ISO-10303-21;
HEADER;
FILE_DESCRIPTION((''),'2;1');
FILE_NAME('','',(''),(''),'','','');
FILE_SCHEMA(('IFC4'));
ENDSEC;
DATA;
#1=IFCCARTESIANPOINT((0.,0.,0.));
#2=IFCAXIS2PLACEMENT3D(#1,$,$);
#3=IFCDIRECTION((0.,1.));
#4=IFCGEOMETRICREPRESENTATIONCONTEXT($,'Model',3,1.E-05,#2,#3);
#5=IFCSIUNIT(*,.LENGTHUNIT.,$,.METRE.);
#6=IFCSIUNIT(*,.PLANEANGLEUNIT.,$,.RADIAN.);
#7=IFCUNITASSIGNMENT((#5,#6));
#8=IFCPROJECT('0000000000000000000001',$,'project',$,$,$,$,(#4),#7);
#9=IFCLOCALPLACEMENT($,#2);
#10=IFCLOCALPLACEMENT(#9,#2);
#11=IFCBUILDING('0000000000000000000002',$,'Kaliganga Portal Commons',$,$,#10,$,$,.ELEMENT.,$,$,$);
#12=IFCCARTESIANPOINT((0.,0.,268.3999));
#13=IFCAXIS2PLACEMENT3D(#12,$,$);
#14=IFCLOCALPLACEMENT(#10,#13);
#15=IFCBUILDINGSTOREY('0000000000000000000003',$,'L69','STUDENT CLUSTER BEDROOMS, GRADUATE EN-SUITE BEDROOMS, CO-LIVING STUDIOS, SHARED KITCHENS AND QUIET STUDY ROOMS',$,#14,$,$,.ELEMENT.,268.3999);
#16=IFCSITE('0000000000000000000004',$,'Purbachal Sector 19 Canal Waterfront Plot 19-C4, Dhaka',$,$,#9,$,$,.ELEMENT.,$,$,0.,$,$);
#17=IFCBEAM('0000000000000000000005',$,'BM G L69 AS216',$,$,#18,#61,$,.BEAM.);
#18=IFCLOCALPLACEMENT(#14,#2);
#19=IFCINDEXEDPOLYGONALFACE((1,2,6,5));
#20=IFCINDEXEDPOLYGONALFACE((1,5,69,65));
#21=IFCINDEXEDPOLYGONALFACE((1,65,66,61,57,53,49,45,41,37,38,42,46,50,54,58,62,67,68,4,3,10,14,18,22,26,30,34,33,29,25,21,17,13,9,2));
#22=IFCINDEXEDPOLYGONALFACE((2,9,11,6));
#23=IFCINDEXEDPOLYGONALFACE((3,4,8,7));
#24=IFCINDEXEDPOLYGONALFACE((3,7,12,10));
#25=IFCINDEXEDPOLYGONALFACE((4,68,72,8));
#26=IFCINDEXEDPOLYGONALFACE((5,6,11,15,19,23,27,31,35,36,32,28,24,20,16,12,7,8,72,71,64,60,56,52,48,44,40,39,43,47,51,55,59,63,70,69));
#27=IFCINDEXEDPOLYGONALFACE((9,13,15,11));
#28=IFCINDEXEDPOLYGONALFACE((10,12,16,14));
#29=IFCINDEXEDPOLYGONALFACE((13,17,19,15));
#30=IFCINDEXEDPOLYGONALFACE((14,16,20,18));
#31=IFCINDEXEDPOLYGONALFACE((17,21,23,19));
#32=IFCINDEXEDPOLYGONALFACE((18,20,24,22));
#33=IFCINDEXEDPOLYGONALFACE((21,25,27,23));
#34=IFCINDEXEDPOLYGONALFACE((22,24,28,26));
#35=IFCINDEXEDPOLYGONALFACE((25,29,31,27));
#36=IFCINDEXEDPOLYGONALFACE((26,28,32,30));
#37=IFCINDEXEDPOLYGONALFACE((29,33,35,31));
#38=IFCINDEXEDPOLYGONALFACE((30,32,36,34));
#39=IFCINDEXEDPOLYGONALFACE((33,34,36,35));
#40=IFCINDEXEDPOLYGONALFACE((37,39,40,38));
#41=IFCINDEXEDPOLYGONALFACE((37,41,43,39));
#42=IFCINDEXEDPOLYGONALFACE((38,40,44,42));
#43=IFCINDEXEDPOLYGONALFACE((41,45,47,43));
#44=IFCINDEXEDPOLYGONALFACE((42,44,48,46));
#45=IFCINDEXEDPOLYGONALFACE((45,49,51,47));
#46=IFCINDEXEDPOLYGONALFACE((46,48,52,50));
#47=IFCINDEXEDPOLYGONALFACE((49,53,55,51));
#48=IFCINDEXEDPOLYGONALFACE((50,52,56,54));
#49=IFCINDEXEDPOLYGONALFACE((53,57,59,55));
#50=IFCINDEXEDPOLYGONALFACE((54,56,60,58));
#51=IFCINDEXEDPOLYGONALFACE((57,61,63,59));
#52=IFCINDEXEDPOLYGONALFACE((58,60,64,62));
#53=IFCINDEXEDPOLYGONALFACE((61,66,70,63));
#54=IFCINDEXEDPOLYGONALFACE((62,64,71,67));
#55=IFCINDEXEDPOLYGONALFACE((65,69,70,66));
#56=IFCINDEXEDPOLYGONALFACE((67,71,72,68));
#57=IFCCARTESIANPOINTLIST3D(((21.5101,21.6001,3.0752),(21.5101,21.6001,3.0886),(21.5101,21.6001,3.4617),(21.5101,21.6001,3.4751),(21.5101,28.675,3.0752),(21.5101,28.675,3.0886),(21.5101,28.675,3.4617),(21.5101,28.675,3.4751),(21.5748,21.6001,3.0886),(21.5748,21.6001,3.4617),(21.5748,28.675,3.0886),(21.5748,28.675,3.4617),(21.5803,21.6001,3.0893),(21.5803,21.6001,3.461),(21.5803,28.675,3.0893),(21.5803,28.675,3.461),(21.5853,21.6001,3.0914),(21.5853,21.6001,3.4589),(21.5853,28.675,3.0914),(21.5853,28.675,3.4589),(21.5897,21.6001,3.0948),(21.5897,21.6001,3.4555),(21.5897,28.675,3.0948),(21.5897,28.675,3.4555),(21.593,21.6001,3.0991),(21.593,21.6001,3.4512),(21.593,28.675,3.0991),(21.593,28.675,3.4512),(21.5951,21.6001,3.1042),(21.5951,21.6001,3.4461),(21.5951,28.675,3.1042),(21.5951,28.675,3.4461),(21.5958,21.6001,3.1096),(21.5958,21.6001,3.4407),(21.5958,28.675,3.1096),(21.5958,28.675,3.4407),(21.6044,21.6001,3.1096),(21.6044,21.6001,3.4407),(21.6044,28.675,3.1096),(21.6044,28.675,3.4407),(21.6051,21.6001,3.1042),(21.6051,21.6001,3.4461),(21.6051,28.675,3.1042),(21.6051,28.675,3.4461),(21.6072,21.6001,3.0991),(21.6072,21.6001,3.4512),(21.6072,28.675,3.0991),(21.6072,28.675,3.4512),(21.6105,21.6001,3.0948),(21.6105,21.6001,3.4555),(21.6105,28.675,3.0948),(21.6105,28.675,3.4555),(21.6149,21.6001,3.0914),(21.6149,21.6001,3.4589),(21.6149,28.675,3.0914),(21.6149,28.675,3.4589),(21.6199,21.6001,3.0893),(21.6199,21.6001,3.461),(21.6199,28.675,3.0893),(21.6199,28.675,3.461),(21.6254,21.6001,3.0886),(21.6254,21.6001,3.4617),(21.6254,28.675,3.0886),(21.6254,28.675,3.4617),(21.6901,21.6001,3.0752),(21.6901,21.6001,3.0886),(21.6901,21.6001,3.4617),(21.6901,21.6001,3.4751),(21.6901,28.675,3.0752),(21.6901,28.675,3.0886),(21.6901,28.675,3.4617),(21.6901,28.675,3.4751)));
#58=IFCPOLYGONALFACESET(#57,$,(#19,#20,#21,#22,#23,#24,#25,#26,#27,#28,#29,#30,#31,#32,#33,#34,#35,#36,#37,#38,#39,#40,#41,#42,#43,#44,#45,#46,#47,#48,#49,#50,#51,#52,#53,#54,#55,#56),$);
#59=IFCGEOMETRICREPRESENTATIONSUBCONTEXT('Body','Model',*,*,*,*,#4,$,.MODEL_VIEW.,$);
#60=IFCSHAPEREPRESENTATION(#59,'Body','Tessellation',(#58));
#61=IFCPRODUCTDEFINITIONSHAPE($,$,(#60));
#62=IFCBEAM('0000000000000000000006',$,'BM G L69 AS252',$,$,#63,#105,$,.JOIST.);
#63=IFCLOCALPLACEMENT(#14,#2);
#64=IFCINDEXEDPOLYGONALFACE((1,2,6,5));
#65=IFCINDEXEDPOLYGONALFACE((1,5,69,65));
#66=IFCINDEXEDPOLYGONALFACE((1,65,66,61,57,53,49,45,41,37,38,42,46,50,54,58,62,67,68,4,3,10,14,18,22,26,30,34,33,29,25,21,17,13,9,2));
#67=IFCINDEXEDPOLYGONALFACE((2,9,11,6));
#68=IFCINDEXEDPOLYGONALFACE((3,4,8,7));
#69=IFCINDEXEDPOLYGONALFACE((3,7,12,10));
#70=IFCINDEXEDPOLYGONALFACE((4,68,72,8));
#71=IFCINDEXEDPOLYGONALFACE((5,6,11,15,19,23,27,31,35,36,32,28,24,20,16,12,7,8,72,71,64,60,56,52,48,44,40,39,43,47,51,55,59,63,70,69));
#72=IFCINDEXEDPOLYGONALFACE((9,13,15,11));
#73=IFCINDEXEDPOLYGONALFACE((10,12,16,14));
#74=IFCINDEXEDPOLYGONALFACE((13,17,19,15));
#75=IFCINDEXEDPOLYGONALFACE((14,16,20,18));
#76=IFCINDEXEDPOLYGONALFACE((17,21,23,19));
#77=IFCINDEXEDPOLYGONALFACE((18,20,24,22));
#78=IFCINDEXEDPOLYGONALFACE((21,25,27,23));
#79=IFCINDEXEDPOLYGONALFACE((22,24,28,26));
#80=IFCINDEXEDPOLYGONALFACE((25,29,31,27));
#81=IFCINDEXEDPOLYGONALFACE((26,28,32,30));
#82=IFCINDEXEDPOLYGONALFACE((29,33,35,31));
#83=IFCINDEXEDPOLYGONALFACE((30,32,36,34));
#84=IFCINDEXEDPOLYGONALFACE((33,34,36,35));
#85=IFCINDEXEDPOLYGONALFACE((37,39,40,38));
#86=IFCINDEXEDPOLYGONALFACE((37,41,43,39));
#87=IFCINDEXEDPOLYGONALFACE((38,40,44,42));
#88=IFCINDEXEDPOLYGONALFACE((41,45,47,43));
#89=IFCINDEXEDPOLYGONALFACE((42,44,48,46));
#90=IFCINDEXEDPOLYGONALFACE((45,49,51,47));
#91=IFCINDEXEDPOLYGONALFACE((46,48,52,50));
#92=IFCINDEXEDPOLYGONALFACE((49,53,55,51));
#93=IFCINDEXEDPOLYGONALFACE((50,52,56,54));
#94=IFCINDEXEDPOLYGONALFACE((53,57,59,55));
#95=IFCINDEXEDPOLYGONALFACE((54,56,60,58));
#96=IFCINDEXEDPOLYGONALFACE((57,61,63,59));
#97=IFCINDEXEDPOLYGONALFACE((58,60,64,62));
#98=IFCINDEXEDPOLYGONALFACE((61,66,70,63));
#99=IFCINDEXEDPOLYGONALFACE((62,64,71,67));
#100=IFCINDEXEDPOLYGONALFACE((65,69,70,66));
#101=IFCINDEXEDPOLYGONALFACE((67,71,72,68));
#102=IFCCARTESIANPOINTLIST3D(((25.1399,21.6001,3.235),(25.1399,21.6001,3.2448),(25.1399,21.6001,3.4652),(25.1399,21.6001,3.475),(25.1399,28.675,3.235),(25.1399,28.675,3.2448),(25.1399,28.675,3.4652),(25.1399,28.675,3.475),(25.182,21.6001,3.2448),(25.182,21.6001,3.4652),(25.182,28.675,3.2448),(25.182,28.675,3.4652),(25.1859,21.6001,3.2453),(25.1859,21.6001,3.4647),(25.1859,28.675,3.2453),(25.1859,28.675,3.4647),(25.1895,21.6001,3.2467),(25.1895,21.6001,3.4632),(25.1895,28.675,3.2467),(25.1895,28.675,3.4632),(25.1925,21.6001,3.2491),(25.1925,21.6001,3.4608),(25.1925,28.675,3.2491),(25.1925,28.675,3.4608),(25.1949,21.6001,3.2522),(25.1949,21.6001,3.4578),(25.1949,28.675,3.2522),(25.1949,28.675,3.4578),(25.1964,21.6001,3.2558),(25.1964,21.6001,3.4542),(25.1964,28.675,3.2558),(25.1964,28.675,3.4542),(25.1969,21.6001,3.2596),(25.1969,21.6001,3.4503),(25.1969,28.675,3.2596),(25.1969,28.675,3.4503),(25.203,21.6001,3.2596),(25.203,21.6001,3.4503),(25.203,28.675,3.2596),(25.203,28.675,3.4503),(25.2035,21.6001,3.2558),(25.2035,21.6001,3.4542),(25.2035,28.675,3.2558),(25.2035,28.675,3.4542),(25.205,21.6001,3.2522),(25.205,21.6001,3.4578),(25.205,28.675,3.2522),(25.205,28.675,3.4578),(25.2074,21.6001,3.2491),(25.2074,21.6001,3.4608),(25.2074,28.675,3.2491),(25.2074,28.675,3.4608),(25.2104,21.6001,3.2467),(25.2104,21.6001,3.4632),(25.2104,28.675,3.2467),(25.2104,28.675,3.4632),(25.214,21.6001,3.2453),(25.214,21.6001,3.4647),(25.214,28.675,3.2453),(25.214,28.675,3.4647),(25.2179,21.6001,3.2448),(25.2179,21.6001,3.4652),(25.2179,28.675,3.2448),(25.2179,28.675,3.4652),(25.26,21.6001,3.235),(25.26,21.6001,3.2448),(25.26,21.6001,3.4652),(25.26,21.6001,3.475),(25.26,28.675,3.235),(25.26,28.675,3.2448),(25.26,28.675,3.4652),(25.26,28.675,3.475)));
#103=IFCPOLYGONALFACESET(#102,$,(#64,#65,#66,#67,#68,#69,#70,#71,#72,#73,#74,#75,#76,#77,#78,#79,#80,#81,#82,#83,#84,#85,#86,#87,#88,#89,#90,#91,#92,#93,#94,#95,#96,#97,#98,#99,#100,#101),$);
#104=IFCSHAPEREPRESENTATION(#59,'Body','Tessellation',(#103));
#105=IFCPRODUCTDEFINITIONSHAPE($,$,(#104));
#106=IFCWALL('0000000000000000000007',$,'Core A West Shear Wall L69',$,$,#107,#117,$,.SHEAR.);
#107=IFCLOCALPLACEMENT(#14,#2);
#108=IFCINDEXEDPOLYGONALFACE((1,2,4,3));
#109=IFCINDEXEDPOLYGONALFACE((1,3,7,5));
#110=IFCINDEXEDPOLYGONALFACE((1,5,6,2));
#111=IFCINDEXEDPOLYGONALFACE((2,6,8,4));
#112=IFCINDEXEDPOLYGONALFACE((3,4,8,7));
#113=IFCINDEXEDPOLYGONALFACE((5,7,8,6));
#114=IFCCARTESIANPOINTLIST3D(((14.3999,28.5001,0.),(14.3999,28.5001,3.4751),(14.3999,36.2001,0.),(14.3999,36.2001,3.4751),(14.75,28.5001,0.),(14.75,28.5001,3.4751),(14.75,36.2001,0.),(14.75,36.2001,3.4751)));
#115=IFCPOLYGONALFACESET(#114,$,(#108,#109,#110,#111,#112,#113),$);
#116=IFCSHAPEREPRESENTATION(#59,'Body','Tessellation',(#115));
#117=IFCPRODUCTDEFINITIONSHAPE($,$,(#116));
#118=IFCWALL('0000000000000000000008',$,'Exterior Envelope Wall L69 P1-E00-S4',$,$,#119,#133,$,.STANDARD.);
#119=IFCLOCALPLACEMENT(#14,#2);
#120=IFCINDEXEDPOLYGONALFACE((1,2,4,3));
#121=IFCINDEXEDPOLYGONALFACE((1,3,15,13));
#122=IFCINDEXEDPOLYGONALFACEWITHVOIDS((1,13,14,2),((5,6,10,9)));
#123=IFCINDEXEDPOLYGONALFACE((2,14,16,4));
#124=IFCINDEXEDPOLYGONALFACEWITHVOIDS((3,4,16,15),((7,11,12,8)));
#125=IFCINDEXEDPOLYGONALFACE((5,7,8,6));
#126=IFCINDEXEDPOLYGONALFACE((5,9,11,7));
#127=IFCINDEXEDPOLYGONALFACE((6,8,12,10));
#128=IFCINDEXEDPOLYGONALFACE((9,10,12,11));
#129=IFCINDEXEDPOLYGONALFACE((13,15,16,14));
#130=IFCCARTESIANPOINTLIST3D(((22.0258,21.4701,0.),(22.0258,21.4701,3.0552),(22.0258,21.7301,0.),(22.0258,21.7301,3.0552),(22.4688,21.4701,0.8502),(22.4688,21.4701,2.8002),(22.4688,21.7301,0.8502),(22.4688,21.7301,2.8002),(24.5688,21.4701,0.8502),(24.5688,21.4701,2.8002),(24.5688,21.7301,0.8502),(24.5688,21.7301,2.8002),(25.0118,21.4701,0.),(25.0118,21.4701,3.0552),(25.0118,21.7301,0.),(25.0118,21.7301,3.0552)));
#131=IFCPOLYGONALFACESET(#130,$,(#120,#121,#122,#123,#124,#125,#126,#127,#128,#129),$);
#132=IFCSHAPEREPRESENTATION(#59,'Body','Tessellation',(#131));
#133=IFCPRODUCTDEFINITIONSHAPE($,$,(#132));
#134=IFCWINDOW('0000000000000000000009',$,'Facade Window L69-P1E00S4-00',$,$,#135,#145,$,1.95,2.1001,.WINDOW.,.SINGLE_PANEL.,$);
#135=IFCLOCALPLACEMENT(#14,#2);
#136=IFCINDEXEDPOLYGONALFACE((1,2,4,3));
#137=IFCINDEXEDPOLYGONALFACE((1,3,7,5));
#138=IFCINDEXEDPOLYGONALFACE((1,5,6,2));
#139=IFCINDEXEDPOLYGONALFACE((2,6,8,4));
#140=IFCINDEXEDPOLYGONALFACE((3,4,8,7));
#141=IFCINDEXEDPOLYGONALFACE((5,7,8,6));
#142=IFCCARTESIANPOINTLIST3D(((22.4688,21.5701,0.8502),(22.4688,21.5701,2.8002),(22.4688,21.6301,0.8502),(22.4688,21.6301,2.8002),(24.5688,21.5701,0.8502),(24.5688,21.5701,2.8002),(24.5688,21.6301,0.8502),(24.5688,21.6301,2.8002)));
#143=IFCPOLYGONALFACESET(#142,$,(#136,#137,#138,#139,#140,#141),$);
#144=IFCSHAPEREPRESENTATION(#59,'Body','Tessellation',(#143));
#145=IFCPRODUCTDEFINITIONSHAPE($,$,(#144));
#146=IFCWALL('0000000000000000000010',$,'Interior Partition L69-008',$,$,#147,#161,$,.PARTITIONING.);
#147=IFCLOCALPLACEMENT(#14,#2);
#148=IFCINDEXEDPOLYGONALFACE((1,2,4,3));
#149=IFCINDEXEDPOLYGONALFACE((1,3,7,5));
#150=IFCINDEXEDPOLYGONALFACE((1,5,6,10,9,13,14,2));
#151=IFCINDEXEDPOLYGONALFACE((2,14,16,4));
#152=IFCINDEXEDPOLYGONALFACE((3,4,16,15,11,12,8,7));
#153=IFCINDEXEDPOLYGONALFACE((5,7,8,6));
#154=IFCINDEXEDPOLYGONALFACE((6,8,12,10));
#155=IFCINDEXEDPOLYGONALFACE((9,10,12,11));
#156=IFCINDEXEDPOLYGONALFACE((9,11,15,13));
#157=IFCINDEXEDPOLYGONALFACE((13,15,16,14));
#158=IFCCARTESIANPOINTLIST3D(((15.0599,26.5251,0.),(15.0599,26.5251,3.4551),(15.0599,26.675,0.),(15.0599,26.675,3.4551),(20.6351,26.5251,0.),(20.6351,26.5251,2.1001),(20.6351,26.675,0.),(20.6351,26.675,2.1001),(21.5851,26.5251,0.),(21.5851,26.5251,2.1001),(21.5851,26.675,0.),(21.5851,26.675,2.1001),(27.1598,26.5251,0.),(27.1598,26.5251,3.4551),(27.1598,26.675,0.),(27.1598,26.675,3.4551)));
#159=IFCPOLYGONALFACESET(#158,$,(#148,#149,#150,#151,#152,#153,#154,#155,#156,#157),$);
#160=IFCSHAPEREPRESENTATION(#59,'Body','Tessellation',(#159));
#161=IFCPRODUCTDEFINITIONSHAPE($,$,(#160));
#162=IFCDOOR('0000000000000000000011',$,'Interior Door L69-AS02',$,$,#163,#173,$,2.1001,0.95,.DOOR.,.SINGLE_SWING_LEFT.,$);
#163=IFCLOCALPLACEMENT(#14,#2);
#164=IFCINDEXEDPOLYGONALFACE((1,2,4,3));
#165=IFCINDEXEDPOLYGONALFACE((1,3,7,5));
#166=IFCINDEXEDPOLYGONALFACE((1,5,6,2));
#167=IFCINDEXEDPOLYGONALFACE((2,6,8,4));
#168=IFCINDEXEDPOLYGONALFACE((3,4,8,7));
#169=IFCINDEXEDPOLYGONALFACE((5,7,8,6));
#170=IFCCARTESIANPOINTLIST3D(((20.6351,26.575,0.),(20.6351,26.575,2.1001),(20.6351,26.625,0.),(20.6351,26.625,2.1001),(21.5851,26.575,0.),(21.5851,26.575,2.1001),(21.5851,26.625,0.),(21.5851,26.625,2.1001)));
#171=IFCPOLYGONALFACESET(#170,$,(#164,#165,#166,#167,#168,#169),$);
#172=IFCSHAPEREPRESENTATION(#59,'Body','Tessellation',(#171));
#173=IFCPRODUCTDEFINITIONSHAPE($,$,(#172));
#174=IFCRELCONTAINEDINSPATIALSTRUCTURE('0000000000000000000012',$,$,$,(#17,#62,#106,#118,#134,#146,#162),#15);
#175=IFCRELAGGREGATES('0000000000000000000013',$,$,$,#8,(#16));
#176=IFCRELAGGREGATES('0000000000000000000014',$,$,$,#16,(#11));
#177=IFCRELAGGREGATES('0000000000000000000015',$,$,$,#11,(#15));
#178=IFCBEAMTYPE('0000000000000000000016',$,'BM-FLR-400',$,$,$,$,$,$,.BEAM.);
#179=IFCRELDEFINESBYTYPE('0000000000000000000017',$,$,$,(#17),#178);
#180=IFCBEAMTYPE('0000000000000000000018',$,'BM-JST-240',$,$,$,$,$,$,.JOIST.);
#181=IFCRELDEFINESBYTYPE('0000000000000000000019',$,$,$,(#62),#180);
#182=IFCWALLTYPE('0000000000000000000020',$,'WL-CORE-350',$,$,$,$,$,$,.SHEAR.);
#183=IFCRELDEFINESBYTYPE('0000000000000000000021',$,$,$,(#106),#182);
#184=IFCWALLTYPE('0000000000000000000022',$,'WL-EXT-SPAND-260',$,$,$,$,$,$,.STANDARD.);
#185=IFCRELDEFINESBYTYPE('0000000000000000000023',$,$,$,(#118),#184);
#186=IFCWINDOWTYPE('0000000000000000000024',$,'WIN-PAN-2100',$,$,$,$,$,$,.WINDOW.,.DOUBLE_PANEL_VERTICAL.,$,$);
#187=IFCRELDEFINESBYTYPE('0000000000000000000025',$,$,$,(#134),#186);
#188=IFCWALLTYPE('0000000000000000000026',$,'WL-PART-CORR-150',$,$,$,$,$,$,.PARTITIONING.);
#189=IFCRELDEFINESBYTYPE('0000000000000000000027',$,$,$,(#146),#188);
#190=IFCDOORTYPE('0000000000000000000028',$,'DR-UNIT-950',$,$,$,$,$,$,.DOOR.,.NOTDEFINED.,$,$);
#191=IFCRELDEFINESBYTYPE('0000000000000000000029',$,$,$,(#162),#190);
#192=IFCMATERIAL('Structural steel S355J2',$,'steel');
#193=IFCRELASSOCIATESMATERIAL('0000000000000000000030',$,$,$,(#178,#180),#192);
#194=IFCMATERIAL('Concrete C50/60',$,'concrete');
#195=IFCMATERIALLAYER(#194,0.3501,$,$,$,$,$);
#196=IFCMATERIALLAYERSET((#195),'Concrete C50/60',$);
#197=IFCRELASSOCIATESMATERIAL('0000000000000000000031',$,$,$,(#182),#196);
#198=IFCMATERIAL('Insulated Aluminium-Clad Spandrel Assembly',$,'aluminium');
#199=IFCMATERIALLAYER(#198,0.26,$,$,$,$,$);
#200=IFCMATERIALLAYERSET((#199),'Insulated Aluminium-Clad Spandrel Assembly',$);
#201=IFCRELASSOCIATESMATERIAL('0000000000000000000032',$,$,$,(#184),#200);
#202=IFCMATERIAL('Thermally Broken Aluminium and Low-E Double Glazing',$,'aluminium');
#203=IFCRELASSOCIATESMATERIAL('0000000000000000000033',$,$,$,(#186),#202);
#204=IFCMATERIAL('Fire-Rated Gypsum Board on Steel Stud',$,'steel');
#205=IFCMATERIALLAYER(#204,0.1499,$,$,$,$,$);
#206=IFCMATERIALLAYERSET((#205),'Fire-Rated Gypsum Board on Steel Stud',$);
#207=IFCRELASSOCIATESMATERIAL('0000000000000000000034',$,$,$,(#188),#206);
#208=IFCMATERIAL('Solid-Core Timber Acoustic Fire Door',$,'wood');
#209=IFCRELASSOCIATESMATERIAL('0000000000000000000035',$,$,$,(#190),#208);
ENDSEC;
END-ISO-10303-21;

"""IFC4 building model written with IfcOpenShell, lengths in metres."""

from ifc_helpers import new_model, si_unit, direction, frame, frame_2d, origin, origin_2d, place, context, subcontext, project, spatial, rectangle, i_section, extrude, source, transform, mapped, material, layer, layer_set, material_profile, profile_set, type_object, element, fill, save


model = new_model("IFC4")

# Units and contexts
model_context = context("Model", 3, precision=1e-05, world=origin(), true_north=direction((0.0, 1.0)))
body_context = subcontext(model_context, "Body", "Model", "MODEL_VIEW")
ifc_project = project(units=[si_unit("LENGTHUNIT", "METRE"), si_unit("PLANEANGLEUNIT", "RADIAN")], contexts=[model_context])

# Site, building, storey
site_placement = place(None, origin())
site = spatial("IfcSite", under=ifc_project, at=site_placement, Name="Purbachal Sector 19 Canal Waterfront Plot 19-C4, Dhaka", CompositionType="ELEMENT", RefElevation=0.0)
building_placement = place(site_placement, origin())
building = spatial("IfcBuilding", under=site, at=building_placement, Name="Kaliganga Portal Commons", CompositionType="ELEMENT")
storey_placement = place(building_placement, frame((0.0, 0.0, 268.3999)))
storey = spatial("IfcBuildingStorey", under=building, at=storey_placement, Name="L69", Description="STUDENT CLUSTER BEDROOMS, GRADUATE EN-SUITE BEDROOMS, CO-LIVING STUDIOS, SHARED KITCHENS AND QUIET STUDY ROOMS", CompositionType="ELEMENT", Elevation=268.3999)

# Shared definitions
ifc_material_1 = material(Name="Concrete C50/60", Category="concrete")
ifc_material_2 = material(Name="Structural steel S355J2", Category="steel")

# Beams
ifc_material_profile_1 = material_profile(ifc_material_2, i_section(OverallWidth=0.1799, OverallDepth=0.3999, WebThickness=0.0085, FlangeThickness=0.0134, FilletRadius=0.021, at=origin_2d()), Name="IPE 400")
ifc_profile_set_1 = profile_set([ifc_material_profile_1], Name="Structural steel S355J2 wide-flange")
beam_type_1 = type_object("IfcBeamType", Name="BM-FLR-400", PredefinedType="BEAM", material=ifc_profile_set_1)
shared_shape_1 = source(origin(), body_context, "Body", "SweptSolid", [
    extrude(i_section(OverallWidth=0.1799, OverallDepth=0.3999, WebThickness=0.0085, FlangeThickness=0.0134, FilletRadius=0.021, at=origin_2d()), origin(), (0.0, 0.0, 1.0), 7.075),
])
beam_1_placement = place(storey_placement, frame((21.6001, 21.6001, 3.2751), z_axis=(0.0, 1.0, 0.0), x_axis=(-1.0, 0.0, 0.0)))
element("IfcBeam", 1, at=beam_1_placement, inside=storey, type_object=beam_type_1, Name="BM G L69 AS216", PredefinedType="BEAM", context=body_context, shape_type="MappedRepresentation", body=[
    mapped(shared_shape_1, transform((0.0, 0.0, 0.0), x_axis=(1.0, 0.0, 0.0), y_axis=(0.0, 1.0, 0.0), z_axis=(0.0, 0.0, 1.0), scale=1.0)),
])
ifc_material_profile_2 = material_profile(ifc_material_2, i_section(OverallWidth=0.1201, OverallDepth=0.24, WebThickness=0.0061, FlangeThickness=0.0098, FilletRadius=0.0149, at=origin_2d()), Name="IPE 240")
ifc_profile_set_2 = profile_set([ifc_material_profile_2], Name="Structural steel S355J2 wide-flange")
beam_type_2 = type_object("IfcBeamType", Name="BM-JST-240", PredefinedType="JOIST", material=ifc_profile_set_2)
shared_shape_2 = source(origin(), body_context, "Body", "SweptSolid", [
    extrude(i_section(OverallWidth=0.1201, OverallDepth=0.24, WebThickness=0.0061, FlangeThickness=0.0098, FilletRadius=0.0149, at=origin_2d()), origin(), (0.0, 0.0, 1.0), 7.075),
])
beam_2_placement = place(storey_placement, frame((25.2, 21.6001, 3.355), z_axis=(0.0, 1.0, 0.0), x_axis=(-1.0, 0.0, 0.0)))
element("IfcBeam", 2, at=beam_2_placement, inside=storey, type_object=beam_type_2, Name="BM G L69 AS252", PredefinedType="JOIST", context=body_context, shape_type="MappedRepresentation", body=[
    mapped(shared_shape_2, transform((0.0, 0.0, 0.0), x_axis=(1.0, 0.0, 0.0), y_axis=(0.0, 1.0, 0.0), z_axis=(0.0, 0.0, 1.0), scale=1.0)),
])

# Wall
ifc_layer_1 = layer(ifc_material_1, 0.3501)
ifc_layer_set_1 = layer_set([ifc_layer_1], Name="Concrete C50/60")
wall_type_1 = type_object("IfcWallType", Name="WL-CORE-350", PredefinedType="SHEAR", material=ifc_layer_set_1)
wall_1_placement = place(storey_placement, frame((14.575, 28.5, 0.0), z_axis=(0.0, 0.0, 1.0), x_axis=(0.0, 1.0, 0.0)))
element("IfcWall", 3, at=wall_1_placement, inside=storey, type_object=wall_type_1, Name="Core A West Shear Wall L69", PredefinedType="SHEAR", context=body_context, shape_type="SweptSolid", body=[
    extrude(rectangle(XDim=7.7, YDim=0.3501, at=frame_2d((3.8501, 0.0))), origin(), (0.0, 0.0, 1.0), 3.4751),
])

# Wall, opening, window
ifc_material_3 = material(Name="Insulated Aluminium-Clad Spandrel Assembly", Category="aluminium")
ifc_layer_2 = layer(ifc_material_3, 0.26)
ifc_layer_set_2 = layer_set([ifc_layer_2], Name="Insulated Aluminium-Clad Spandrel Assembly")
wall_type_2 = type_object("IfcWallType", Name="WL-EXT-SPAND-260", PredefinedType="STANDARD", material=ifc_layer_set_2)
wall_2_placement = place(storey_placement, frame((25.012, 21.6001, 0.0), z_axis=(0.0, 0.0, 1.0), x_axis=(-1.0, 0.0, 0.0)))
wall_2 = element("IfcWall", 4, at=wall_2_placement, inside=storey, type_object=wall_type_2, Name="Exterior Envelope Wall L69 P1-E00-S4", PredefinedType="STANDARD", context=body_context, shape_type="SweptSolid", body=[
    extrude(rectangle(XDim=2.9861, YDim=0.26, at=frame_2d((1.4932, 0.0))), origin(), (0.0, 0.0, 1.0), 3.0552),
])
opening_1_placement = place(wall_2_placement, frame((0.4431, 0.0, 0.8501)))
opening_1 = element("IfcOpeningElement", 5, at=opening_1_placement, cuts=wall_2, PredefinedType="OPENING", context=body_context, shape_type="SweptSolid", body=[
    extrude(rectangle(XDim=2.1001, YDim=1.95, at=frame_2d((1.05, 0.9751))), frame((0.0, 0.1401, 0.0), z_axis=(0.0, -1.0, 0.0), x_axis=(1.0, 0.0, 0.0)), (0.0, 0.0, 1.0), 0.28),
])
ifc_material_4 = material(Name="Thermally Broken Aluminium and Low-E Double Glazing", Category="aluminium")
window_type = type_object("IfcWindowType", Name="WIN-PAN-2100", PartitioningType="DOUBLE_PANEL_VERTICAL", PredefinedType="WINDOW", material=ifc_material_4)
window_placement = place(opening_1_placement, origin())
window = element("IfcWindow", 6, at=window_placement, inside=storey, type_object=window_type, Name="Facade Window L69-P1E00S4-00", OverallHeight=1.95, OverallWidth=2.1001, PartitioningType="SINGLE_PANEL", PredefinedType="WINDOW", context=body_context, shape_type="SweptSolid", body=[
    extrude(rectangle(XDim=2.1001, YDim=1.95, at=frame_2d((1.05, 0.9751))), frame((0.0, 0.03, 0.0), z_axis=(0.0, -1.0, 0.0), x_axis=(1.0, 0.0, 0.0)), (0.0, 0.0, 1.0), 0.0601),
])
fill(opening_1, window)

# Wall, opening, door
ifc_material_5 = material(Name="Fire-Rated Gypsum Board on Steel Stud", Category="steel")
ifc_layer_3 = layer(ifc_material_5, 0.1499)
ifc_layer_set_3 = layer_set([ifc_layer_3], Name="Fire-Rated Gypsum Board on Steel Stud")
wall_type_3 = type_object("IfcWallType", Name="WL-PART-CORR-150", PredefinedType="PARTITIONING", material=ifc_layer_set_3)
wall_3_placement = place(storey_placement, frame((15.0601, 26.6001, 0.0), z_axis=(0.0, 0.0, 1.0), x_axis=(1.0, 0.0, 0.0)))
wall_3 = element("IfcWall", 7, at=wall_3_placement, inside=storey, type_object=wall_type_3, Name="Interior Partition L69-008", PredefinedType="PARTITIONING", context=body_context, shape_type="SweptSolid", body=[
    extrude(rectangle(XDim=12.0999, YDim=0.1499, at=frame_2d((6.0498, 0.0))), origin(), (0.0, 0.0, 1.0), 3.4551),
])
opening_2_placement = place(wall_3_placement, frame((5.575, 0.0, 0.0)))
opening_2 = element("IfcOpeningElement", 8, at=opening_2_placement, cuts=wall_3, PredefinedType="OPENING", context=body_context, shape_type="SweptSolid", body=[
    extrude(rectangle(XDim=0.95, YDim=2.1001, at=frame_2d((0.4751, 1.05))), frame((0.0, 0.085, 0.0), z_axis=(0.0, -1.0, 0.0), x_axis=(1.0, 0.0, 0.0)), (0.0, 0.0, 1.0), 0.1699),
])
ifc_material_6 = material(Name="Solid-Core Timber Acoustic Fire Door", Category="wood")
door_type_1 = type_object("IfcDoorType", Name="DR-UNIT-950", OperationType="NOTDEFINED", PredefinedType="DOOR", material=ifc_material_6)
door_1_placement = place(opening_2_placement, origin())
door_1 = element("IfcDoor", 9, at=door_1_placement, inside=storey, type_object=door_type_1, Name="Interior Door L69-AS02", OperationType="SINGLE_SWING_LEFT", OverallHeight=2.1001, OverallWidth=0.95, PredefinedType="DOOR", context=body_context, shape_type="SweptSolid", body=[
    extrude(rectangle(XDim=0.95, YDim=2.1001, at=frame_2d((0.4751, 1.05))), frame((0.0, 0.0249, 0.0), z_axis=(0.0, -1.0, 0.0), x_axis=(1.0, 0.0, 0.0)), (0.0, 0.0, 1.0), 0.05),
])
fill(opening_2, door_1)

save(model, "model.ifc")
